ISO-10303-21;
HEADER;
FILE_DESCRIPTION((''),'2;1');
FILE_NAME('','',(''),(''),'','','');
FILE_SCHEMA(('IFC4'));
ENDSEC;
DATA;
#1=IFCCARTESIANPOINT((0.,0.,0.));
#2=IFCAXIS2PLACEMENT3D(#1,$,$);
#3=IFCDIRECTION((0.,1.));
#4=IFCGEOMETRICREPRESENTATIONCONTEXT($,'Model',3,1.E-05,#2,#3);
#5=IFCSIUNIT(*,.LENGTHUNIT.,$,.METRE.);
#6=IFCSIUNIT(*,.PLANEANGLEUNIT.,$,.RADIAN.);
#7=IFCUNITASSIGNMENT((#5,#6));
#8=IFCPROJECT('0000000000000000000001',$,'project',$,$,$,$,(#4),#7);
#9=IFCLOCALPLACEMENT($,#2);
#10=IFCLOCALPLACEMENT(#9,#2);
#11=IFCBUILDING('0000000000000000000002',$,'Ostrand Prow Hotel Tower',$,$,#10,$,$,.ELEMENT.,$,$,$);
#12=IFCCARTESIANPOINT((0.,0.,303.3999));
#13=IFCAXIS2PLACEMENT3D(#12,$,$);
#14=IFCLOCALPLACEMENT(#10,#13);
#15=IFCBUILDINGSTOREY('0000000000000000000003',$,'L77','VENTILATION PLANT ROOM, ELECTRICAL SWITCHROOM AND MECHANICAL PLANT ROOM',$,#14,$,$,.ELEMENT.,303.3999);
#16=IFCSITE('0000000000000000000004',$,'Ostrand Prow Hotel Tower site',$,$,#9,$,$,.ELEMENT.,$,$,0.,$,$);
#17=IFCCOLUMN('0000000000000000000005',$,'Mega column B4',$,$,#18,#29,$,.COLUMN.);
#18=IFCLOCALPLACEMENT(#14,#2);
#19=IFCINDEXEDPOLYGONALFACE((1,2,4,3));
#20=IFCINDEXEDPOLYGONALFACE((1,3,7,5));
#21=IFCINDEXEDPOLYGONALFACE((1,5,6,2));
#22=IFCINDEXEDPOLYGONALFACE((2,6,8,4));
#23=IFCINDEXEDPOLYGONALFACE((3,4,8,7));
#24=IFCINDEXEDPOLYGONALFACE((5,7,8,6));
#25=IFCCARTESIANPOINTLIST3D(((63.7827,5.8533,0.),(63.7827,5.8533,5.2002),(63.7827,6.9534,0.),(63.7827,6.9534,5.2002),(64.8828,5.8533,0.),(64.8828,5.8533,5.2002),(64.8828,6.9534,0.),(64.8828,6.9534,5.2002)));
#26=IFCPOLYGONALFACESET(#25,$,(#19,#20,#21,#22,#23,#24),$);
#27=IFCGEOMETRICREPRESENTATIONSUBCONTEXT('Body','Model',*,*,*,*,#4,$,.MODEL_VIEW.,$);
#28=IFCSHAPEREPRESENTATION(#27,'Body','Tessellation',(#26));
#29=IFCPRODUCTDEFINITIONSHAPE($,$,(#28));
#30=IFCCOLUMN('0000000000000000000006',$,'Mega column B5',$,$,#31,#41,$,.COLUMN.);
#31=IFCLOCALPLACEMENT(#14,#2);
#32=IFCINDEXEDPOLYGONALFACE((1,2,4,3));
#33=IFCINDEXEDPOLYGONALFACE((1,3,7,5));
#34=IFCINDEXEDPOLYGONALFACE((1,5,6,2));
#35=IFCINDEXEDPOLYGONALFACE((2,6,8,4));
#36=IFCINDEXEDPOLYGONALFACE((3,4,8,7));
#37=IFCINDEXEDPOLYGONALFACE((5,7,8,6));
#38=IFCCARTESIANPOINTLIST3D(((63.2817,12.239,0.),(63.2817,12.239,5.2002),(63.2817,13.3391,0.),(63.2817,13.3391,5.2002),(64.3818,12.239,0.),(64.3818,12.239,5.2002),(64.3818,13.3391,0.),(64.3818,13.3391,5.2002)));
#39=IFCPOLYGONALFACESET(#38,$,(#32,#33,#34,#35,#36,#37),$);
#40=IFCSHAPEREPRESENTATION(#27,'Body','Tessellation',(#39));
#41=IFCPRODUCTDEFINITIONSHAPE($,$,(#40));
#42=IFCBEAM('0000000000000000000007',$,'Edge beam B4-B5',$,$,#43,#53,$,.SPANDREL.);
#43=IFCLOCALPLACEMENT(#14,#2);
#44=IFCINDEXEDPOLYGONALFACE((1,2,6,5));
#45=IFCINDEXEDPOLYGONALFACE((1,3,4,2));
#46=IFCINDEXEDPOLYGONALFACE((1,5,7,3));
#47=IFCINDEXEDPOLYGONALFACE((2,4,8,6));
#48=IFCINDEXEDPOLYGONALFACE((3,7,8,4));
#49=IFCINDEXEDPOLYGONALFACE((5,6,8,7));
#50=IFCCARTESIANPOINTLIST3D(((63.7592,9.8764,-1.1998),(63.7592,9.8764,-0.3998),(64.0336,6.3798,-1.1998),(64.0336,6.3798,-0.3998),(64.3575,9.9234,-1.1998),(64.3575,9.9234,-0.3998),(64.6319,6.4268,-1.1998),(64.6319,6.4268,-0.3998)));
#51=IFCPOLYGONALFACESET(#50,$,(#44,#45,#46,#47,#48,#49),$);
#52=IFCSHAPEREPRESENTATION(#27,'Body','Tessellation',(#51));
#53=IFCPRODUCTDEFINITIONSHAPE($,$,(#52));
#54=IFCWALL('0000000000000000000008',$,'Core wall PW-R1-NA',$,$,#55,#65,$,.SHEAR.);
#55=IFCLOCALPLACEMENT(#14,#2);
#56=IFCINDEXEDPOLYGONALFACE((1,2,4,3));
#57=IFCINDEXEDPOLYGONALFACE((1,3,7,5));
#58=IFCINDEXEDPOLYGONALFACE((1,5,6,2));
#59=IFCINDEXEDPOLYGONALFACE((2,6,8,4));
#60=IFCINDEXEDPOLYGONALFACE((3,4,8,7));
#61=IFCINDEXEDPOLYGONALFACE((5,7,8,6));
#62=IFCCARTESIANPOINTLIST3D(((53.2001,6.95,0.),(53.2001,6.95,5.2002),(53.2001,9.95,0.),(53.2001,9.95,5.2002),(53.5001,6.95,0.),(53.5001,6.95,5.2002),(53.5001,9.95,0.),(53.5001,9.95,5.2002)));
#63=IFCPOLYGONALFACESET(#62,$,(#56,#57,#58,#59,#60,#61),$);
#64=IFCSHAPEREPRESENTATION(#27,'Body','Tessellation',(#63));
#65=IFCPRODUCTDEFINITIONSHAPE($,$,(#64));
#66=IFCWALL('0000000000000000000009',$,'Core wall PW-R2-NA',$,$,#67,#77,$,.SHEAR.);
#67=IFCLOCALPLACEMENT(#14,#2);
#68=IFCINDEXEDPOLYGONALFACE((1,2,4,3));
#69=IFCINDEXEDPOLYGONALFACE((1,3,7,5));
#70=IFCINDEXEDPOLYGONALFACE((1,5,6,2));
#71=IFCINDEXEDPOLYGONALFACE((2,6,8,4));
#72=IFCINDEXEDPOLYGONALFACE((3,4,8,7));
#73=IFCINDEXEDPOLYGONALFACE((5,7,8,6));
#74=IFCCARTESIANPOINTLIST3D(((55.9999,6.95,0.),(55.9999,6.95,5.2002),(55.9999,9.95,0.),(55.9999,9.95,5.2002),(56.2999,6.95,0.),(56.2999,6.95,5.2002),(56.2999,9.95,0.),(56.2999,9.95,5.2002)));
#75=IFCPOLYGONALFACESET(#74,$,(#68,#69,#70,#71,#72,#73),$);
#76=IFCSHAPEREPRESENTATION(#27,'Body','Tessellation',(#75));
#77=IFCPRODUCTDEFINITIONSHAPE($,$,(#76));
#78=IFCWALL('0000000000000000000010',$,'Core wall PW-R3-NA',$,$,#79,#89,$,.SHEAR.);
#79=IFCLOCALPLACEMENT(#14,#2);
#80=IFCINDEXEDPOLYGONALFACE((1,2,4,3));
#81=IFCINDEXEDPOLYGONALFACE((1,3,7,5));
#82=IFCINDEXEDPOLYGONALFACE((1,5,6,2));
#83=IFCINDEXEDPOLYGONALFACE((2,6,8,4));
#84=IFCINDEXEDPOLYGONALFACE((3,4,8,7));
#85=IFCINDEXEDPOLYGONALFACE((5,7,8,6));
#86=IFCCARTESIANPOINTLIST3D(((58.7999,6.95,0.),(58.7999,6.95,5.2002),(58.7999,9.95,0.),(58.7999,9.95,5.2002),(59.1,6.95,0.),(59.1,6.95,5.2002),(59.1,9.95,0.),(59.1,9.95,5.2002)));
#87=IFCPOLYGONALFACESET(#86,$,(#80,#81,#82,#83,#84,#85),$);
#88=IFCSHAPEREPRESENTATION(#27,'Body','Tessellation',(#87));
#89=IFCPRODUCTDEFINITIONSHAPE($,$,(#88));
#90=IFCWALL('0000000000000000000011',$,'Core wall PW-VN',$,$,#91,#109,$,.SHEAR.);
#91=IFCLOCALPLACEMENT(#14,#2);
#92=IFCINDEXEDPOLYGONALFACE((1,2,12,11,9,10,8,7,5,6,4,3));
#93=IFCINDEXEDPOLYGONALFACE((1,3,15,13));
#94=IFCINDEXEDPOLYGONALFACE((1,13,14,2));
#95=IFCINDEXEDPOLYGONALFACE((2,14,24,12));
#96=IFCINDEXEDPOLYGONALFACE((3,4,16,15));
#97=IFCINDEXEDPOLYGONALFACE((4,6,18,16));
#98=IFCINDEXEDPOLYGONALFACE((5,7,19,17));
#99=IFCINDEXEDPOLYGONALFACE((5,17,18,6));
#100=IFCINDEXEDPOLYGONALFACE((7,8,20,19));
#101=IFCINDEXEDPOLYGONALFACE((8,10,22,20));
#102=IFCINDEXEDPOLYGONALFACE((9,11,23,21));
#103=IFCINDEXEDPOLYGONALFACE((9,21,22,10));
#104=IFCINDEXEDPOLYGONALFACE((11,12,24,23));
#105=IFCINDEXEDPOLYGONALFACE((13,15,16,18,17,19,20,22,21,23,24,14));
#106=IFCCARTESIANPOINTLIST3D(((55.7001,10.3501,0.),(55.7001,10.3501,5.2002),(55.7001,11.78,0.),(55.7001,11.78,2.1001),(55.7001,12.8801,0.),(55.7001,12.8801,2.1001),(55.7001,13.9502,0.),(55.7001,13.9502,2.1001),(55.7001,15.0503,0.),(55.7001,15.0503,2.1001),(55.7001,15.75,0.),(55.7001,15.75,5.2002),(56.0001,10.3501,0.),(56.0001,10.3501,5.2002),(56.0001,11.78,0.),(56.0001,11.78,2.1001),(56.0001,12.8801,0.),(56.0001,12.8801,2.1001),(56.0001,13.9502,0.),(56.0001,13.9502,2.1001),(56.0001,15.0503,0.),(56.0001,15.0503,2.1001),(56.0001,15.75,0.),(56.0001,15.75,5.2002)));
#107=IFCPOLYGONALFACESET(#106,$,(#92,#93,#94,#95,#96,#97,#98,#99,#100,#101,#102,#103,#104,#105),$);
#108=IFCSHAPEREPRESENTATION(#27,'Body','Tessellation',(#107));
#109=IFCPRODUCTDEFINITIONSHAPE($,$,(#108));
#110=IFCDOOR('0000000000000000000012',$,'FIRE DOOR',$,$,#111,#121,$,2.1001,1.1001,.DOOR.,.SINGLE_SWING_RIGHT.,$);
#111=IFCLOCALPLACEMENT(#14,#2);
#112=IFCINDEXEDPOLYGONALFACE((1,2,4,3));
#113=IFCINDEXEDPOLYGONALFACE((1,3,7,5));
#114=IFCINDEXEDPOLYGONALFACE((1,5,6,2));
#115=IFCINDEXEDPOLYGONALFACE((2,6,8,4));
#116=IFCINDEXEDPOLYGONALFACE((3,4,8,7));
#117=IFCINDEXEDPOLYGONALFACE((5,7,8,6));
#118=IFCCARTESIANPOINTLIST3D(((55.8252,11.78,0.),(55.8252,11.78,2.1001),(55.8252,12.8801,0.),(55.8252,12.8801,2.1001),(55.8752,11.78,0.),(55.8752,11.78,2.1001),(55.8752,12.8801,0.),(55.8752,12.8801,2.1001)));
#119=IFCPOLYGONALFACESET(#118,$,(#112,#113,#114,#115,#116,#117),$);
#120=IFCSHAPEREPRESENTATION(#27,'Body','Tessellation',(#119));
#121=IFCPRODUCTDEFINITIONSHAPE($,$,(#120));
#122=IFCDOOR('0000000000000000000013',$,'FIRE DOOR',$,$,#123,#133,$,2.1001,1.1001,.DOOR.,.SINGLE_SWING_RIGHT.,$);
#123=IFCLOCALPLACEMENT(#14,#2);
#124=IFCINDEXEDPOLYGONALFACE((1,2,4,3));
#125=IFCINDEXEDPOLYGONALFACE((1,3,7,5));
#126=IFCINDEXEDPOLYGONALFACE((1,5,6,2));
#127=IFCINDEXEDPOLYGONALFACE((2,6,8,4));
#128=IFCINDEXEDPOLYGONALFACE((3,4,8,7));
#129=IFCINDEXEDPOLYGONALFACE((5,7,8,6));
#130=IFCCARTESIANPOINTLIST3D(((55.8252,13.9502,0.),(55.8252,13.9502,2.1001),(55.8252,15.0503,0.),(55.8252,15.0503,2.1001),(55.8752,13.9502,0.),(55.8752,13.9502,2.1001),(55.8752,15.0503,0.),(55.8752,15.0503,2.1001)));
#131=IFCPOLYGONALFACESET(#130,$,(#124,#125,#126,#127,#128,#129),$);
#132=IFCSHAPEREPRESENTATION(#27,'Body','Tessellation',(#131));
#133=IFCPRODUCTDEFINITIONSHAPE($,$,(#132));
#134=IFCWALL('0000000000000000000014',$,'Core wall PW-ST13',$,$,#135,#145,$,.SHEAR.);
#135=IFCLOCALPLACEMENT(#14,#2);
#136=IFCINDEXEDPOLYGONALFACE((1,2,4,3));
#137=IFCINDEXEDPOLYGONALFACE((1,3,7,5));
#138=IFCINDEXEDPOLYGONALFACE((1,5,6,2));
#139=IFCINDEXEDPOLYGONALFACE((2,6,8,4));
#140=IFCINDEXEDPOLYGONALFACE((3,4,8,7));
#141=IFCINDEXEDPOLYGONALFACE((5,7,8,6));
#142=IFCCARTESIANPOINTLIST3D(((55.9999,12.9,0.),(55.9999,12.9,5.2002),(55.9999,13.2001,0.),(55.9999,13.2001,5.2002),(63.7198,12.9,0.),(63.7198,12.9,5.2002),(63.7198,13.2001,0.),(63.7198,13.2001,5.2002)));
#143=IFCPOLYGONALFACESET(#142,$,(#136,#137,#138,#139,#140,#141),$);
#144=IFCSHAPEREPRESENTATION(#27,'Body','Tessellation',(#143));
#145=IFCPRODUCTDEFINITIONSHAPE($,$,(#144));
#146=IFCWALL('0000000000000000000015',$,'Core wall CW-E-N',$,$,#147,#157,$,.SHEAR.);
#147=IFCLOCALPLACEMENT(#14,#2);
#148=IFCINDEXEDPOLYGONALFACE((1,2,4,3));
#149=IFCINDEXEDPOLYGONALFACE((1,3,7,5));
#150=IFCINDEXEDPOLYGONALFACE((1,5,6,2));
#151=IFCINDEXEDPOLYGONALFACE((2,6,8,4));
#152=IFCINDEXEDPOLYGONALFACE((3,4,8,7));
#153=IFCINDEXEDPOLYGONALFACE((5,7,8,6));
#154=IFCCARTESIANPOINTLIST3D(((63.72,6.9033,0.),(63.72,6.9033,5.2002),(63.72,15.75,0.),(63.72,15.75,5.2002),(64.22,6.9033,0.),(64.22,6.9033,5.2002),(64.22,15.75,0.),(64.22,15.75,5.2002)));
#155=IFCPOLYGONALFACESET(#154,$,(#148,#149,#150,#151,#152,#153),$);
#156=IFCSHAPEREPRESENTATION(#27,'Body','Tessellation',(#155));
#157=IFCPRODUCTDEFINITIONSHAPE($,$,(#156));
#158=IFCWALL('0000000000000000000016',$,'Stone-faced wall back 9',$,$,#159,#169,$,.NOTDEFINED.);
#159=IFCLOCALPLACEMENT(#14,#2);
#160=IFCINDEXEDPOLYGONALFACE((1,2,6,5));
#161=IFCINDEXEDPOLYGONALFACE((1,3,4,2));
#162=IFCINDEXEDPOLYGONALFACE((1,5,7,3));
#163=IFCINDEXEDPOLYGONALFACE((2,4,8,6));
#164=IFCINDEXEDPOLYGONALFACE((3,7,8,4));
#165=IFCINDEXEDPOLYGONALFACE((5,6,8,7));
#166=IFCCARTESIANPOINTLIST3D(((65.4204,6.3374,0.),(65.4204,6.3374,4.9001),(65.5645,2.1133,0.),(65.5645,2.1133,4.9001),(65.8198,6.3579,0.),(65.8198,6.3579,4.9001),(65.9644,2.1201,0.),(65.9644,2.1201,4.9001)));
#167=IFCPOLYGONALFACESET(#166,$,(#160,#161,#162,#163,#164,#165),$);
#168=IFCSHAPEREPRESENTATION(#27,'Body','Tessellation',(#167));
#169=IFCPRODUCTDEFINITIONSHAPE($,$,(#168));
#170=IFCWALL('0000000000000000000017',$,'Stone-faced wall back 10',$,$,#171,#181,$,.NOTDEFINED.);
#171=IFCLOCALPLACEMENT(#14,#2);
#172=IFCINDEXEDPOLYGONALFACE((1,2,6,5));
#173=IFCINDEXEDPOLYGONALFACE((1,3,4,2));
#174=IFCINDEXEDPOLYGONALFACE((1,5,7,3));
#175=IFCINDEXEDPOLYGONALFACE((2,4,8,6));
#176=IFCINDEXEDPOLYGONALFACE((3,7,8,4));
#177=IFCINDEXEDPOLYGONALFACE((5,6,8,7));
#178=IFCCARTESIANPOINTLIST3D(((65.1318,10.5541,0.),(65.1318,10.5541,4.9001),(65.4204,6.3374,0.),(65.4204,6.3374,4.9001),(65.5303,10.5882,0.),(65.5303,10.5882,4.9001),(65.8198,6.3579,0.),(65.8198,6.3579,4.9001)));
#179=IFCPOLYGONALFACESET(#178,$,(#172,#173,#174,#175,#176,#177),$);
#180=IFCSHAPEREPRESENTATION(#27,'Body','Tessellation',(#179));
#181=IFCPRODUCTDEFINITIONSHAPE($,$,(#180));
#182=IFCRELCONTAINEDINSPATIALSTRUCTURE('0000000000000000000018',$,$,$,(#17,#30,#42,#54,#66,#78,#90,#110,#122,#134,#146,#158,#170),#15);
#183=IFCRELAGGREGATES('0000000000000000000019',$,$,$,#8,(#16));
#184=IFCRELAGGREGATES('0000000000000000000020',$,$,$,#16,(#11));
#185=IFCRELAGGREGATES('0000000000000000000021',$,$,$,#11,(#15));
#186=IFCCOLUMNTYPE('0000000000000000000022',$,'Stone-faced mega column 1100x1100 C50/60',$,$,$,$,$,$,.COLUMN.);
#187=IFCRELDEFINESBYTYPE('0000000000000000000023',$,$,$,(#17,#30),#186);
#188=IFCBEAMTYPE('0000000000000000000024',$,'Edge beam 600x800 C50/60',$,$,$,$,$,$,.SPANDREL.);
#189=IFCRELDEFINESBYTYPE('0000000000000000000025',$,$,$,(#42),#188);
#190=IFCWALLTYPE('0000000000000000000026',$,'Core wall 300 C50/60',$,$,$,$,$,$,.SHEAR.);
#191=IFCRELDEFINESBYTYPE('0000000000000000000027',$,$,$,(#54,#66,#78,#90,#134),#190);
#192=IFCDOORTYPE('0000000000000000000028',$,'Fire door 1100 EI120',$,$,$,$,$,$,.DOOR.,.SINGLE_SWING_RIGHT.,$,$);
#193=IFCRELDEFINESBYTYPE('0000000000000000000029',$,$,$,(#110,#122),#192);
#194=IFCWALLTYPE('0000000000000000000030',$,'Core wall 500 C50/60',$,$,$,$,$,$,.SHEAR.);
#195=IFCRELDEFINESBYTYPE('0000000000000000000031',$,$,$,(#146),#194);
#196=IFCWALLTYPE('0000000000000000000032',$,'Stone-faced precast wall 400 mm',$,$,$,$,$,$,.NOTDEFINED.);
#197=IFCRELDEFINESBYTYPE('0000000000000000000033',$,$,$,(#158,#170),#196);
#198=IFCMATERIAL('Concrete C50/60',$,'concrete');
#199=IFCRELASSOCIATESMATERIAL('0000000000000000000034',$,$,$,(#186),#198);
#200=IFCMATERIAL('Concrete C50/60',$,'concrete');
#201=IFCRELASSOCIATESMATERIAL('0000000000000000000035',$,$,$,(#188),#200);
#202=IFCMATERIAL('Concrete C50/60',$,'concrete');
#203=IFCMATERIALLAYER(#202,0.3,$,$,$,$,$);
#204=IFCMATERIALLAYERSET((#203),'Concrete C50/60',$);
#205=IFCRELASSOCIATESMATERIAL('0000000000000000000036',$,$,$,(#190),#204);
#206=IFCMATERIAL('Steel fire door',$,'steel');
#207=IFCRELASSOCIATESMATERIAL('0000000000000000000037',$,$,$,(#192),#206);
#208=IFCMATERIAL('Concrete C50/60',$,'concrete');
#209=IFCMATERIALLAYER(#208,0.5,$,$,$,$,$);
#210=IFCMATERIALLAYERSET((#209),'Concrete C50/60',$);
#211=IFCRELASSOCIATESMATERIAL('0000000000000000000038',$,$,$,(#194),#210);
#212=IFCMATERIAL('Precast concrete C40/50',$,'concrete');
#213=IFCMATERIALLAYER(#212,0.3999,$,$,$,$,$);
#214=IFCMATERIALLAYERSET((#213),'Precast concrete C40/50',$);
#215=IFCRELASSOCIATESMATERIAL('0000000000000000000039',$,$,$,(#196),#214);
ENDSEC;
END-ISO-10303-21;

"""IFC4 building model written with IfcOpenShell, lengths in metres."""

from ifc_helpers import new_model, si_unit, direction, frame, frame_2d, origin, origin_2d, place, context, subcontext, project, spatial, polyline, rectangle, outline, extrude, material, layer, layer_set, material_profile, profile_set, type_object, element, fill, save


model = new_model("IFC4")

# Units and contexts
model_context = context("Model", 3, precision=1e-05, world=origin(), true_north=direction((0.0, 1.0)))
body_context = subcontext(model_context, "Body", "Model", "MODEL_VIEW")
ifc_project = project(units=[si_unit("LENGTHUNIT", "METRE"), si_unit("PLANEANGLEUNIT", "RADIAN")], contexts=[model_context])

# Site, building, storey
site_placement = place(None, origin())
site = spatial("IfcSite", under=ifc_project, at=site_placement, Name="Ostrand Prow Hotel Tower site", CompositionType="ELEMENT", RefElevation=0.0)
building_placement = place(site_placement, origin())
building = spatial("IfcBuilding", under=site, at=building_placement, Name="Ostrand Prow Hotel Tower", CompositionType="ELEMENT")
storey_placement = place(building_placement, frame((0.0, 0.0, 303.3999)))
storey = spatial("IfcBuildingStorey", under=building, at=storey_placement, Name="L77", Description="VENTILATION PLANT ROOM, ELECTRICAL SWITCHROOM AND MECHANICAL PLANT ROOM", CompositionType="ELEMENT", Elevation=303.3999)

# Columns
ifc_material_1 = material(Name="Concrete C50/60", Category="concrete")
ifc_material_profile_1 = material_profile(ifc_material_1, rectangle(XDim=1.1001, YDim=1.1001, at=origin_2d()), Name="RC 1100x1100")
ifc_profile_set_1 = profile_set([ifc_material_profile_1], Name="Concrete C50/60")
column_type = type_object("IfcColumnType", Name="Stone-faced mega column 1100x1100 C50/60", PredefinedType="COLUMN", material=ifc_profile_set_1)
for number, where, z_axis, x_axis, name in (
    (1, (64.3328, 6.4033, 0.0), (0.0, 0.0, 1.0), (1.0, 0.0, 0.0), "Mega column B4"),
    (2, (63.8318, 12.7891, 0.0), (0.0, 0.0, 1.0), (1.0, 0.0, 0.0), "Mega column B5"),
):
    element("IfcColumn", number, at=place(storey_placement, frame(where, z_axis=z_axis, x_axis=x_axis)), inside=storey, type_object=column_type, Name=name, PredefinedType="COLUMN", context=body_context, shape_type="SweptSolid", body=[
        extrude(rectangle(XDim=1.1001, YDim=1.1001, at=origin_2d()), origin(), (0.0, 0.0, 1.0), 5.2002),
    ])

# Beam
ifc_material_2 = material(Name="Concrete C50/60", Category="concrete")
ifc_material_profile_2 = material_profile(ifc_material_2, rectangle(XDim=0.6001, YDim=0.8, at=origin_2d()), Name="RC 600x800")
ifc_profile_set_2 = profile_set([ifc_material_profile_2], Name="Concrete C50/60")
beam_type = type_object("IfcBeamType", Name="Edge beam 600x800 C50/60", PredefinedType="SPANDREL", material=ifc_profile_set_2)
beam_placement = place(storey_placement, frame((64.3328, 6.4033, -0.7998), z_axis=(-0.07824, 0.996935, 0.0), x_axis=(-0.996935, -0.07824, 0.0)))
element("IfcBeam", 3, at=beam_placement, inside=storey, type_object=beam_type, Name="Edge beam B4-B5", PredefinedType="SPANDREL", context=body_context, shape_type="SweptSolid", body=[
    extrude(rectangle(XDim=0.6001, YDim=0.8, at=origin_2d()), origin(), (0.0, 0.0, 1.0), 3.5073),
])

# Walls
ifc_material_3 = material(Name="Concrete C50/60", Category="concrete")
ifc_layer_1 = layer(ifc_material_3, 0.3)
ifc_layer_set_1 = layer_set([ifc_layer_1], Name="Concrete C50/60")
wall_type_1 = type_object("IfcWallType", Name="Core wall 300 C50/60", PredefinedType="SHEAR", material=ifc_layer_set_1)
for number, where, z_axis, x_axis, name in (
    (4, (53.3501, 6.95, 0.0), (0.0, 0.0, 1.0), (0.0, 1.0, 0.0), "Core wall PW-R1-NA"),
    (5, (56.1499, 6.95, 0.0), (0.0, 0.0, 1.0), (0.0, 1.0, 0.0), "Core wall PW-R2-NA"),
    (6, (58.95, 6.95, 0.0), (0.0, 0.0, 1.0), (0.0, 1.0, 0.0), "Core wall PW-R3-NA"),
):
    element("IfcWall", number, at=place(storey_placement, frame(where, z_axis=z_axis, x_axis=x_axis)), inside=storey, type_object=wall_type_1, Name=name, PredefinedType="SHEAR", context=body_context, shape_type="SweptSolid", body=[
        extrude(rectangle(XDim=3.0, YDim=0.3, at=frame_2d((1.5, 0.0))), origin(), (0.0, 0.0, 1.0), 5.2002),
    ])

# Wall, openings, doors
wall_1_placement = place(storey_placement, frame((55.8501, 10.3501, 0.0), z_axis=(0.0, 0.0, 1.0), x_axis=(0.0, 1.0, 0.0)))
wall_1 = element("IfcWall", 7, at=wall_1_placement, inside=storey, type_object=wall_type_1, Name="Core wall PW-VN", PredefinedType="SHEAR", context=body_context, shape_type="SweptSolid", body=[
    extrude(rectangle(XDim=5.3999, YDim=0.3, at=frame_2d((2.7, 0.0))), origin(), (0.0, 0.0, 1.0), 5.2002),
])
opening_1_placement = place(wall_1_placement, frame((1.4299, 0.0, 0.0)))
opening_1 = element("IfcOpeningElement", 8, at=opening_1_placement, cuts=wall_1, PredefinedType="OPENING", context=body_context, shape_type="SweptSolid", body=[
    extrude(rectangle(XDim=1.1001, YDim=2.1001, at=frame_2d((0.55, 1.05))), frame((0.0, 0.1599, 0.0), z_axis=(0.0, -1.0, 0.0), x_axis=(1.0, 0.0, 0.0)), (0.0, 0.0, 1.0), 0.3201),
])
opening_2_placement = place(wall_1_placement, frame((3.6001, 0.0, 0.0)))
opening_2 = element("IfcOpeningElement", 9, at=opening_2_placement, cuts=wall_1, PredefinedType="OPENING", context=body_context, shape_type="SweptSolid", body=[
    extrude(rectangle(XDim=1.1001, YDim=2.1001, at=frame_2d((0.55, 1.05))), frame((0.0, 0.1599, 0.0), z_axis=(0.0, -1.0, 0.0), x_axis=(1.0, 0.0, 0.0)), (0.0, 0.0, 1.0), 0.3201),
])
ifc_material_4 = material(Name="Steel fire door", Category="steel")
door_type = type_object("IfcDoorType", Name="Fire door 1100 EI120", OperationType="SINGLE_SWING_RIGHT", PredefinedType="DOOR", material=ifc_material_4)
door_1_placement = place(opening_1_placement, origin())
door_1 = element("IfcDoor", 10, at=door_1_placement, inside=storey, type_object=door_type, Name="FIRE DOOR", OperationType="SINGLE_SWING_RIGHT", OverallHeight=2.1001, OverallWidth=1.1001, PredefinedType="DOOR", context=body_context, shape_type="SweptSolid", body=[
    extrude(rectangle(XDim=1.1001, YDim=2.1001, at=frame_2d((0.55, 1.05))), frame((0.0, 0.0249, 0.0), z_axis=(0.0, -1.0, 0.0), x_axis=(1.0, 0.0, 0.0)), (0.0, 0.0, 1.0), 0.05),
])
fill(opening_1, door_1)
door_2_placement = place(opening_2_placement, origin())
door_2 = element("IfcDoor", 11, at=door_2_placement, inside=storey, type_object=door_type, Name="FIRE DOOR", OperationType="SINGLE_SWING_RIGHT", OverallHeight=2.1001, OverallWidth=1.1001, PredefinedType="DOOR", context=body_context, shape_type="SweptSolid", body=[
    extrude(rectangle(XDim=1.1001, YDim=2.1001, at=frame_2d((0.55, 1.05))), frame((0.0, 0.0249, 0.0), z_axis=(0.0, -1.0, 0.0), x_axis=(1.0, 0.0, 0.0)), (0.0, 0.0, 1.0), 0.05),
])
fill(opening_2, door_2)

# Walls
wall_2_placement = place(storey_placement, frame((56.0, 13.05, 0.0), z_axis=(0.0, 0.0, 1.0), x_axis=(1.0, 0.0, 0.0)))
element("IfcWall", 12, at=wall_2_placement, inside=storey, type_object=wall_type_1, Name="Core wall PW-ST13", PredefinedType="SHEAR", context=body_context, shape_type="SweptSolid", body=[
    extrude(rectangle(XDim=7.72, YDim=0.3, at=frame_2d((3.8599, 0.0))), origin(), (0.0, 0.0, 1.0), 5.2002),
])
ifc_material_5 = material(Name="Concrete C50/60", Category="concrete")
ifc_layer_2 = layer(ifc_material_5, 0.5)
ifc_layer_set_2 = layer_set([ifc_layer_2], Name="Concrete C50/60")
wall_type_2 = type_object("IfcWallType", Name="Core wall 500 C50/60", PredefinedType="SHEAR", material=ifc_layer_set_2)
wall_3_placement = place(storey_placement, frame((63.97, 6.9033, 0.0), z_axis=(0.0, 0.0, 1.0), x_axis=(0.0, 1.0, 0.0)))
element("IfcWall", 13, at=wall_3_placement, inside=storey, type_object=wall_type_2, Name="Core wall CW-E-N", PredefinedType="SHEAR", context=body_context, shape_type="SweptSolid", body=[
    extrude(rectangle(XDim=8.8467, YDim=0.5, at=frame_2d((4.4233, 0.0))), origin(), (0.0, 0.0, 1.0), 5.2002),
])
ifc_material_6 = material(Name="Precast concrete C40/50", Category="concrete")
ifc_layer_3 = layer(ifc_material_6, 0.3999)
ifc_layer_set_3 = layer_set([ifc_layer_3], Name="Precast concrete C40/50")
wall_type_3 = type_object("IfcWallType", Name="Stone-faced precast wall 400 mm", PredefinedType="NOTDEFINED", material=ifc_layer_set_3)
for number, where, z_axis, x_axis, name in (
    (14, (65.7644, 2.1167, 0.0), (0.0, 0.0, 1.0), (-0.034083, 0.999419, 0.0), "Stone-faced wall back 9"),
    (15, (65.6201, 6.3477, 0.0), (0.0, 0.0, 1.0), (-0.06828, 0.997666, 0.0), "Stone-faced wall back 10"),
):
    element("IfcWall", number, at=place(storey_placement, frame(where, z_axis=z_axis, x_axis=x_axis)), inside=storey, type_object=wall_type_3, Name=name, PredefinedType="NOTDEFINED", context=body_context, shape_type="SweptSolid", body=[
        extrude(outline(polyline([(-0.0034, -0.2), (4.2368, -0.2), (4.23, 0.2), (0.0034, 0.2), (-0.0034, -0.2)])), origin(), (0.0, 0.0, 1.0), 4.9001),
    ])

save(model, "model.ifc")
